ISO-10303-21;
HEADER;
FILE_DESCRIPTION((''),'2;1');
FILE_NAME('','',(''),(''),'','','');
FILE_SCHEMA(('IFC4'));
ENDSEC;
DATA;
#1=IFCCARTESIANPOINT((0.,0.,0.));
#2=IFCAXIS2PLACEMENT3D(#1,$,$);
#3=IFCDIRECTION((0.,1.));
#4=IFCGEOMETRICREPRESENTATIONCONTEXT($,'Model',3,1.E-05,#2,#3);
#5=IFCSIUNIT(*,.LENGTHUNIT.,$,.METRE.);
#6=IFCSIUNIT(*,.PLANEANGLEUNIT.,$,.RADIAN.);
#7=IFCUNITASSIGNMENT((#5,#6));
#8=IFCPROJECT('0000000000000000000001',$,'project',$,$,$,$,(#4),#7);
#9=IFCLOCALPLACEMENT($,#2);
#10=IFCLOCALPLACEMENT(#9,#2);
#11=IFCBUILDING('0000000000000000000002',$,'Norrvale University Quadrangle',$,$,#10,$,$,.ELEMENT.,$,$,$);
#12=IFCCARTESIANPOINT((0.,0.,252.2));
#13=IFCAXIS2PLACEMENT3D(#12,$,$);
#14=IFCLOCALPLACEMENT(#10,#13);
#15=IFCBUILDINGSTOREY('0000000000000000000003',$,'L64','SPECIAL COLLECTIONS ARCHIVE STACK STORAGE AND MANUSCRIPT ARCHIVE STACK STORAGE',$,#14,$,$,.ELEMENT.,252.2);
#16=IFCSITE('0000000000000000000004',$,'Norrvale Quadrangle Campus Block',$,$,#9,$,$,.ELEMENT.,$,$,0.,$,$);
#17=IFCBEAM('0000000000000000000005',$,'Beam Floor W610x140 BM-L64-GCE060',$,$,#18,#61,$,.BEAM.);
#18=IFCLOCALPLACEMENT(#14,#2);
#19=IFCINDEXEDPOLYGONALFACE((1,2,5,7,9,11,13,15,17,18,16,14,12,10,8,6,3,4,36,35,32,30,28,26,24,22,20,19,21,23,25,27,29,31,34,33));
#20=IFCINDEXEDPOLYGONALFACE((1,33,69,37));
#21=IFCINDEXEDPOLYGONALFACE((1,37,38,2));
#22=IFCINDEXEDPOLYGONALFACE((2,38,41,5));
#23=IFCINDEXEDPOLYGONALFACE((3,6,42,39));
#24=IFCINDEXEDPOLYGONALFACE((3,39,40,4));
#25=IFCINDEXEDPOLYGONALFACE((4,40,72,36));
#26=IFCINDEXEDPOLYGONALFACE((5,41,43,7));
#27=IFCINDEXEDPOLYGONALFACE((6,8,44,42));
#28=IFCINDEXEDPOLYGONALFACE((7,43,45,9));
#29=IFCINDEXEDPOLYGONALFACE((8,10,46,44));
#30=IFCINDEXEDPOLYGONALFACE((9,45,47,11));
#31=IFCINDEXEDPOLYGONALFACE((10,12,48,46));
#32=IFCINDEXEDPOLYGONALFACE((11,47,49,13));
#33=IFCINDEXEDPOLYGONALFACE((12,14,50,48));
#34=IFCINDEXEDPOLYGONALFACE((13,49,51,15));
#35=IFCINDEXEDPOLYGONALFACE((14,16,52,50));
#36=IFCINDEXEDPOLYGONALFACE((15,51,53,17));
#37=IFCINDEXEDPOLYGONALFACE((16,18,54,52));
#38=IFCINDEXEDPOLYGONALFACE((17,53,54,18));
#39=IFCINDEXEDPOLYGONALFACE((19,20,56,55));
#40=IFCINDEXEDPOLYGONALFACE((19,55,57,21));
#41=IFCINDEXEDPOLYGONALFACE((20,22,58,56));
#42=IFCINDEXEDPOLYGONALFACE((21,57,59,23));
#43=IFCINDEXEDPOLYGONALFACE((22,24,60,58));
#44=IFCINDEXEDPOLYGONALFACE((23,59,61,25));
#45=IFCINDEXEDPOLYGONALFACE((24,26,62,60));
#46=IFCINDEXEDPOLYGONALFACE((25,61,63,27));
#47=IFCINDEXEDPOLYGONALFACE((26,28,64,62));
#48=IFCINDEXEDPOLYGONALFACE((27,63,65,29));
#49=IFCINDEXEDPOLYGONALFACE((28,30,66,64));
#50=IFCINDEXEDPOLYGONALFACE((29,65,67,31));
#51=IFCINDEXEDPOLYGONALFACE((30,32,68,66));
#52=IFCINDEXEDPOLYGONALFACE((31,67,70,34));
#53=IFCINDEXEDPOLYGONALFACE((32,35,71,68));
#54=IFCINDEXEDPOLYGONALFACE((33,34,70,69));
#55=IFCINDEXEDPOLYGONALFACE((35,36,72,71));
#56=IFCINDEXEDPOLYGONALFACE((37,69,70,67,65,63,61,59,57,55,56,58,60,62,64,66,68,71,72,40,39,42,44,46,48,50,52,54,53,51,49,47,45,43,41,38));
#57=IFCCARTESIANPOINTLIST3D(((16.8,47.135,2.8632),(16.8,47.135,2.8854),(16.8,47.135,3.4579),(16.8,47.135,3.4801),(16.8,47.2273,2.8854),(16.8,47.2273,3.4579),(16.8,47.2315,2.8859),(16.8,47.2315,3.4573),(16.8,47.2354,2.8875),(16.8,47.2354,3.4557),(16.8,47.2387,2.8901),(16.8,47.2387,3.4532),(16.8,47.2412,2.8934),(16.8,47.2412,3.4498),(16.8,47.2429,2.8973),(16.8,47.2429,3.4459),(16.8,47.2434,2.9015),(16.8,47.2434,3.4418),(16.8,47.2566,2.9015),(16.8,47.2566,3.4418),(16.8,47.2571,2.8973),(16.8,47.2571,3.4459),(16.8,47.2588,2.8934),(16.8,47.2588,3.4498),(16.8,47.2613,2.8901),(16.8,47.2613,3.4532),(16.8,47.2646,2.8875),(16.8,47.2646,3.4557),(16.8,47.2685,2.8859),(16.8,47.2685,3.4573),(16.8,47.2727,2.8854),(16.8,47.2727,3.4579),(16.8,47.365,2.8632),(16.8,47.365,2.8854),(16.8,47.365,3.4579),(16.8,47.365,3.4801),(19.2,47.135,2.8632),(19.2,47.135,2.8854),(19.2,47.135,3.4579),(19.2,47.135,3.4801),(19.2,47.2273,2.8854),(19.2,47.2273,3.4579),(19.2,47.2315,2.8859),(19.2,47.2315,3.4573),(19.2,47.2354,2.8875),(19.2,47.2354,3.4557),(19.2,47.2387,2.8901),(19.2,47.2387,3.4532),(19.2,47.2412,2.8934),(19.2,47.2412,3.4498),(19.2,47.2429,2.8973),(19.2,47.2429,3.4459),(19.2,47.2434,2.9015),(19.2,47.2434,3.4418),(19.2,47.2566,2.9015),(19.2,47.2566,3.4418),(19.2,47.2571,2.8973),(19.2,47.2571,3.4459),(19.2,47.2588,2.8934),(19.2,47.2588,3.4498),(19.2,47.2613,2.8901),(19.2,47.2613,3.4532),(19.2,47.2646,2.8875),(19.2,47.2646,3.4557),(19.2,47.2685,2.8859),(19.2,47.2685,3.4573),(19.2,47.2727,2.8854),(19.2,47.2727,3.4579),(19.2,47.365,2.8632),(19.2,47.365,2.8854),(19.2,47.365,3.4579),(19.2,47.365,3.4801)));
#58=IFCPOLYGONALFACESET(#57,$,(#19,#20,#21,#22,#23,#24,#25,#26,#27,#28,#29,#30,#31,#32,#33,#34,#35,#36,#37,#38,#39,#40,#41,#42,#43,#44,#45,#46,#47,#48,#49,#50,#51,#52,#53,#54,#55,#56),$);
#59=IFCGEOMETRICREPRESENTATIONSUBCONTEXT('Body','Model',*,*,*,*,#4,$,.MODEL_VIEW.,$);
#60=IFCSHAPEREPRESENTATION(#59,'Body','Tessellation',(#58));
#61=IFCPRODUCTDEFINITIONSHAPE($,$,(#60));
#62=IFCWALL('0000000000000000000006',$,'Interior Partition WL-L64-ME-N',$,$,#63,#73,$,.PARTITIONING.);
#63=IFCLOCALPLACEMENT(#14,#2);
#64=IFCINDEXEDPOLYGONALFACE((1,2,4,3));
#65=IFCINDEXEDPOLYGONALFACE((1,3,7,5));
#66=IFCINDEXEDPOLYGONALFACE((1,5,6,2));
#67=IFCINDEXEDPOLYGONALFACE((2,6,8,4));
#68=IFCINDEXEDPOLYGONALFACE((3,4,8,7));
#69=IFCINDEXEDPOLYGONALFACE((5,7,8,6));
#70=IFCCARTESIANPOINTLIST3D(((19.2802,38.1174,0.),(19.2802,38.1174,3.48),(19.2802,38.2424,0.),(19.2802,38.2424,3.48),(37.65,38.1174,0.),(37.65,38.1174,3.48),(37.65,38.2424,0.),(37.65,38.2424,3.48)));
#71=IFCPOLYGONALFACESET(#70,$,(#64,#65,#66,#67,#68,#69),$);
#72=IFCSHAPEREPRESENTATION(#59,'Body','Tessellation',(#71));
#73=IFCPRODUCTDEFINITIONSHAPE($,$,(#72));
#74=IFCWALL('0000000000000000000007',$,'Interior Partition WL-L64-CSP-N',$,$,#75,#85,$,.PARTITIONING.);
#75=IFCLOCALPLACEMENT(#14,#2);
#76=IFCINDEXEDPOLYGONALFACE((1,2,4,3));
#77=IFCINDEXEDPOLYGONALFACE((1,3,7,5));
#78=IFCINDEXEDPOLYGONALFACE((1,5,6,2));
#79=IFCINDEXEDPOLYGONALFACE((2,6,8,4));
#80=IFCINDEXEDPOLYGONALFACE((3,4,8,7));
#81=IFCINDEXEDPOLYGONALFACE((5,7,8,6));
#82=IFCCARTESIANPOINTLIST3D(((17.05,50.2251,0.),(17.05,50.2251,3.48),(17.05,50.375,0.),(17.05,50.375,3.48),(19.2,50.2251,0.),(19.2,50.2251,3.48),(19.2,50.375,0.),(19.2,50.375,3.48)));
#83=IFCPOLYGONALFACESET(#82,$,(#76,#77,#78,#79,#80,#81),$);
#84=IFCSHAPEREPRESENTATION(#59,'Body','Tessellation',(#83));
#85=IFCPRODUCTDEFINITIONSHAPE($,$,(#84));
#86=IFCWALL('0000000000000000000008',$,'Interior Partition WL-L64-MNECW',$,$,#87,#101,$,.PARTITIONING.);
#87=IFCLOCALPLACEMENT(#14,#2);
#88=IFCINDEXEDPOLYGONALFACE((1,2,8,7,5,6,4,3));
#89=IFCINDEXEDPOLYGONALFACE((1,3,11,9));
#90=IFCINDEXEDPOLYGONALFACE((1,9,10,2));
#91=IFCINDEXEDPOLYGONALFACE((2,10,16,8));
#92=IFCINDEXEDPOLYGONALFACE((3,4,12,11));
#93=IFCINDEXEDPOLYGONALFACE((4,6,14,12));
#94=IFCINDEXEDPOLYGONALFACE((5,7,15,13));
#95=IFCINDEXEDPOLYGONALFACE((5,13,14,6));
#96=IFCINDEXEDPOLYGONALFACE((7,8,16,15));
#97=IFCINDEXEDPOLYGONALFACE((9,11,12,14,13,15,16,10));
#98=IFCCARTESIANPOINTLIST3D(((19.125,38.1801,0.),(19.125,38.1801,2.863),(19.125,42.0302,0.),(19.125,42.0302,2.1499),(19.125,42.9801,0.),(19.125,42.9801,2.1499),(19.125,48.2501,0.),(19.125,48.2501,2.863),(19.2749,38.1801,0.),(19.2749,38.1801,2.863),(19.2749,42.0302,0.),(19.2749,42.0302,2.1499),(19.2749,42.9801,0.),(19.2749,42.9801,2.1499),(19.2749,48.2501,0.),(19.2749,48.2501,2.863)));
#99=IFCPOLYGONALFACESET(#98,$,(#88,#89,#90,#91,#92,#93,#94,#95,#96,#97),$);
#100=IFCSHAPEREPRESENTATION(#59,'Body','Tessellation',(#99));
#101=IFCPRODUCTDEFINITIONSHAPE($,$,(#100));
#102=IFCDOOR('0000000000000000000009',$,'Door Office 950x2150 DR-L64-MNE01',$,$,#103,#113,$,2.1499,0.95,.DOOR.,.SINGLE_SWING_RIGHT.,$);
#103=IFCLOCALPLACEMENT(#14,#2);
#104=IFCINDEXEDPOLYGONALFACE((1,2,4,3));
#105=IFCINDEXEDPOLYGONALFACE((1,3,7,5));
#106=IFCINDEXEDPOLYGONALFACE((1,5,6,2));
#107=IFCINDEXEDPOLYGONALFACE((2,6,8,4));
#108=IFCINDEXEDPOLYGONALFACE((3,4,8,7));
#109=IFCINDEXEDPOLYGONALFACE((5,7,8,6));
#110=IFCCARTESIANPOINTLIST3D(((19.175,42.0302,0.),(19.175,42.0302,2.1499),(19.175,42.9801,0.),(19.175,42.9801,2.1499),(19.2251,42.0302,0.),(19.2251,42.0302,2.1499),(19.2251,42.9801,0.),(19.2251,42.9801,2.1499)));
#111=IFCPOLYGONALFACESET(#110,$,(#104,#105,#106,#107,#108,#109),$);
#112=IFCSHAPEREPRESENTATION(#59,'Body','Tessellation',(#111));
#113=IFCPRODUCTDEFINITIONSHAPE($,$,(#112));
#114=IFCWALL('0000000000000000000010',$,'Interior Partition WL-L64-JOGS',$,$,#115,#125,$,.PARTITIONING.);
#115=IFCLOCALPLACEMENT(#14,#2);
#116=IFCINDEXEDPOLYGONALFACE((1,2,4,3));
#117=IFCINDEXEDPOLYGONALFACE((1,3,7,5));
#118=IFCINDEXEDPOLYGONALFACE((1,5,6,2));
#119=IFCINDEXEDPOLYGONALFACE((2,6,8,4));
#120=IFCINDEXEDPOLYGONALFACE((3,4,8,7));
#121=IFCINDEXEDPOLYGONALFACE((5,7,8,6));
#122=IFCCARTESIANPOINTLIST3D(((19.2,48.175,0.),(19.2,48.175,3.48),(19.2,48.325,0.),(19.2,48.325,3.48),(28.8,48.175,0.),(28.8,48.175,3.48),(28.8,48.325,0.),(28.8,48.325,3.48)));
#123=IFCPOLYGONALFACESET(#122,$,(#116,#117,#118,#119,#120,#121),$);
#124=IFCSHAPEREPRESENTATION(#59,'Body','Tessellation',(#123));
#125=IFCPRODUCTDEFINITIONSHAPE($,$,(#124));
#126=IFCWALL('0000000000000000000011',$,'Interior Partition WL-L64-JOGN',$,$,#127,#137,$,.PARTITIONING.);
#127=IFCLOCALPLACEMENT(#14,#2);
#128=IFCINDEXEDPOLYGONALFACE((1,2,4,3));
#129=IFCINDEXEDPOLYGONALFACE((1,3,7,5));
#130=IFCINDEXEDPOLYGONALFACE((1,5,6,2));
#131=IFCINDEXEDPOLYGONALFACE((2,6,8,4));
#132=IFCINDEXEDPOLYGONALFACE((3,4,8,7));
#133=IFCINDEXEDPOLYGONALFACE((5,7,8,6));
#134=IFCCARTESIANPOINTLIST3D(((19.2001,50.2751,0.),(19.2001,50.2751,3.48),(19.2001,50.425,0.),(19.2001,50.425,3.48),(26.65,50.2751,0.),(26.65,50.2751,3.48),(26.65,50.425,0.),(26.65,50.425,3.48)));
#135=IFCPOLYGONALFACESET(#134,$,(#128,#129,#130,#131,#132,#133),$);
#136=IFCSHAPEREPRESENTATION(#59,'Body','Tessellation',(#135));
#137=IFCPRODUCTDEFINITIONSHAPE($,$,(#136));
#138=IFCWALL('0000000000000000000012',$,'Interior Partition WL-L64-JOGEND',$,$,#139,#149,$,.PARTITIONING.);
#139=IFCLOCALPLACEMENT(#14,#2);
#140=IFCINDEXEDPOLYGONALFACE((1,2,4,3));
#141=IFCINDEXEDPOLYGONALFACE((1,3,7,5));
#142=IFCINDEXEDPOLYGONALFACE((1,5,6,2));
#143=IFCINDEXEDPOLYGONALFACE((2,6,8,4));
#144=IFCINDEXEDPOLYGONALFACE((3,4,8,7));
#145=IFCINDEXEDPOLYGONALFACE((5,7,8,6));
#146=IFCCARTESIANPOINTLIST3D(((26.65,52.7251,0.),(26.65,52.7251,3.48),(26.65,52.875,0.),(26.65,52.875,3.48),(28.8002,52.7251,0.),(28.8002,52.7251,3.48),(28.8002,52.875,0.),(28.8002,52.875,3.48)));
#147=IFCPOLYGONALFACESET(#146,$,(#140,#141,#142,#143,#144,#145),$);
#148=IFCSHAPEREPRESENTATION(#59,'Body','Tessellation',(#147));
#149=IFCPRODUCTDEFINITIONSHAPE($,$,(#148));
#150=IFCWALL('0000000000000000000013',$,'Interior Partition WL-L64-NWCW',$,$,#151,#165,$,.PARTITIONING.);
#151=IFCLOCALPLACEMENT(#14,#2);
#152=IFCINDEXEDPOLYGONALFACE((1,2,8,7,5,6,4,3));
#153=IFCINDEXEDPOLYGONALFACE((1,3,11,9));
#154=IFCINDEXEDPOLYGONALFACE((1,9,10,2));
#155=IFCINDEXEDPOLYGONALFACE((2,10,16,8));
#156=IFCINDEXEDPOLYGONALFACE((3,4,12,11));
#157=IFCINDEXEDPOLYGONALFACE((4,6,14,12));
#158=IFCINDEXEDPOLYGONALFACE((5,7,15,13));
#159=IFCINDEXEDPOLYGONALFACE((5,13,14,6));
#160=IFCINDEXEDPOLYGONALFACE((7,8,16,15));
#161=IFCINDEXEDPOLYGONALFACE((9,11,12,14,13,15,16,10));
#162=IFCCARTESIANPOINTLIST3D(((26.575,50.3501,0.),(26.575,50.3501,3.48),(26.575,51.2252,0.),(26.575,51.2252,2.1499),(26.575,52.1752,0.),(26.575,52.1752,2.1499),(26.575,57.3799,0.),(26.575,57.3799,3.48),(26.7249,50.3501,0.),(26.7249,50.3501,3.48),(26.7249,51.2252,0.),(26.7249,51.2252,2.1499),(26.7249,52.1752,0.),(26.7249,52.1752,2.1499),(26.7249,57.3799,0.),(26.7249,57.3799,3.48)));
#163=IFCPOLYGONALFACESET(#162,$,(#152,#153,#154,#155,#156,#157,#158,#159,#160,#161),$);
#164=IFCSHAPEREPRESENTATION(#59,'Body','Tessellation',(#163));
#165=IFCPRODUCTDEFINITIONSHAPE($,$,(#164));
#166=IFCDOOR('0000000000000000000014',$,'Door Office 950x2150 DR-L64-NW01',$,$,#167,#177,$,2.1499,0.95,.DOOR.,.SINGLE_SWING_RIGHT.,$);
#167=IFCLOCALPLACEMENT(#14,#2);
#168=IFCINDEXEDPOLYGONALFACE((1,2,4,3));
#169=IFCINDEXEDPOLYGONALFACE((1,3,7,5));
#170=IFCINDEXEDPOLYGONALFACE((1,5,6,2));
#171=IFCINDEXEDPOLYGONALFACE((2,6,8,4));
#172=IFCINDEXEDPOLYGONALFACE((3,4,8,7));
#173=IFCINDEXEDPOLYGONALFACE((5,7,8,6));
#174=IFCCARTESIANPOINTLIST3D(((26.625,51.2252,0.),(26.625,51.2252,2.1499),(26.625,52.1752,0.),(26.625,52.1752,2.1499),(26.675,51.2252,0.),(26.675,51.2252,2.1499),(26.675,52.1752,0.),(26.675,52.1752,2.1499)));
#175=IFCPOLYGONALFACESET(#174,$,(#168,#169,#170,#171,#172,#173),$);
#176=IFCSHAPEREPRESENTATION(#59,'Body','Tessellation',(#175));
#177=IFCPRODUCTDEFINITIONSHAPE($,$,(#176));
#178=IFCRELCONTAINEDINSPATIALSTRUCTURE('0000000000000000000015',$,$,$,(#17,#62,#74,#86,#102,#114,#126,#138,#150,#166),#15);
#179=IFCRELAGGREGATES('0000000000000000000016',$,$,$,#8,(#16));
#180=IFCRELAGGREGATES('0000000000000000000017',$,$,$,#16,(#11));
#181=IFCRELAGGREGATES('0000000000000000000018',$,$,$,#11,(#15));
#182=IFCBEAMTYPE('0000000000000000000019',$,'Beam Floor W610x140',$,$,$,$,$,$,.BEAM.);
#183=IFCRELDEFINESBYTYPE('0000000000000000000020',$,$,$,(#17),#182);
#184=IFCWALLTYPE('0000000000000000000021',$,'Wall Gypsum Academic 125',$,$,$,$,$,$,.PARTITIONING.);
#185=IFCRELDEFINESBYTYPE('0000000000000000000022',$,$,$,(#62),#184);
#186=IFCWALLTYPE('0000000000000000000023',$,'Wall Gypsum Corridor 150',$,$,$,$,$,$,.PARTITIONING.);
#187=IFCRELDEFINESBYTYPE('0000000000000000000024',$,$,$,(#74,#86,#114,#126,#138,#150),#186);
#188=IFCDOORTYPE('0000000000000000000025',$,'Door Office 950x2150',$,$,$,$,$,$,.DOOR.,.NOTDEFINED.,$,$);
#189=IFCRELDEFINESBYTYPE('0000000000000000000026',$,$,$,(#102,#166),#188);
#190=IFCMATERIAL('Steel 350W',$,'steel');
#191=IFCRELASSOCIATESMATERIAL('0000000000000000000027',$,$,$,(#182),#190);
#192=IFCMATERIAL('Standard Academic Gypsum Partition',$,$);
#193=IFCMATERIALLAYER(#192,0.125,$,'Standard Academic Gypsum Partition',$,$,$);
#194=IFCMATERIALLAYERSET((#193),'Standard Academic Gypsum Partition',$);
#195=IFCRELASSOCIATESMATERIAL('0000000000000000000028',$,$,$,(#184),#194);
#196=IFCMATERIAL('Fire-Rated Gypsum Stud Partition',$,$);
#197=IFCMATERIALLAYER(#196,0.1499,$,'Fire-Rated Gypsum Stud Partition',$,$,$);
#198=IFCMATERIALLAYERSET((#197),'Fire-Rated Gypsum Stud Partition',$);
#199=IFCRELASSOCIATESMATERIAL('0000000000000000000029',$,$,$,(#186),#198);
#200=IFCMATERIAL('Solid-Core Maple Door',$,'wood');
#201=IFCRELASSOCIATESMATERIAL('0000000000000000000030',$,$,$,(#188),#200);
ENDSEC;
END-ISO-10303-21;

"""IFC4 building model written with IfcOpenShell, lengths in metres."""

from ifc_helpers import new_model, si_unit, direction, frame, frame_2d, origin, origin_2d, place, context, subcontext, project, spatial, rectangle, i_section, extrude, material, layer, layer_set, material_profile, profile_set, type_object, element, fill, save


model = new_model("IFC4")

# Units and contexts
model_context = context("Model", 3, precision=1e-05, world=origin(), true_north=direction((0.0, 1.0)))
body_context = subcontext(model_context, "Body", "Model", "MODEL_VIEW")
ifc_project = project(units=[si_unit("LENGTHUNIT", "METRE"), si_unit("PLANEANGLEUNIT", "RADIAN")], contexts=[model_context])

# Site, building, storey
site_placement = place(None, origin())
site = spatial("IfcSite", under=ifc_project, at=site_placement, Name="Norrvale Quadrangle Campus Block", CompositionType="ELEMENT", RefElevation=0.0)
building_placement = place(site_placement, origin())
building = spatial("IfcBuilding", under=site, at=building_placement, Name="Norrvale University Quadrangle", CompositionType="ELEMENT")
storey_placement = place(building_placement, frame((0.0, 0.0, 252.2)))
storey = spatial("IfcBuildingStorey", under=building, at=storey_placement, Name="L64", Description="SPECIAL COLLECTIONS ARCHIVE STACK STORAGE AND MANUSCRIPT ARCHIVE STACK STORAGE", CompositionType="ELEMENT", Elevation=252.2)

# Beam
ifc_material_1 = material(Name="Steel 350W", Category="steel")
ifc_material_profile_1 = material_profile(ifc_material_1, i_section(OverallWidth=0.23, OverallDepth=0.6169, WebThickness=0.0132, FlangeThickness=0.0222, FilletRadius=0.0161, at=origin_2d()), Name="Steel 350W")
ifc_profile_set_1 = profile_set([ifc_material_profile_1], Name="Steel 350W")
beam_type_1 = type_object("IfcBeamType", Name="Beam Floor W610x140", PredefinedType="BEAM", material=ifc_profile_set_1)
beam_1_placement = place(storey_placement, frame((16.8, 47.25, 3.1716), z_axis=(1.0, 0.0, 0.0), x_axis=(0.0, 1.0, 0.0)))
element("IfcBeam", 1, at=beam_1_placement, inside=storey, type_object=beam_type_1, Name="Beam Floor W610x140 BM-L64-GCE060", PredefinedType="BEAM", context=body_context, shape_type="SweptSolid", body=[
    extrude(i_section(OverallWidth=0.23, OverallDepth=0.6169, WebThickness=0.0132, FlangeThickness=0.0222, FilletRadius=0.0161, at=origin_2d()), origin(), (0.0, 0.0, 1.0), 2.3999),
])

# Walls
ifc_material_2 = material(Name="Standard Academic Gypsum Partition")
ifc_layer_1 = layer(ifc_material_2, 0.125, Name="Standard Academic Gypsum Partition")
ifc_layer_set_1 = layer_set([ifc_layer_1], Name="Standard Academic Gypsum Partition")
wall_type_1 = type_object("IfcWallType", Name="Wall Gypsum Academic 125", PredefinedType="PARTITIONING", material=ifc_layer_set_1)
wall_1_placement = place(storey_placement, frame((19.28, 38.1799, 0.0), z_axis=(0.0, 0.0, 1.0), x_axis=(1.0, 0.0, 0.0)))
element("IfcWall", 2, at=wall_1_placement, inside=storey, type_object=wall_type_1, Name="Interior Partition WL-L64-ME-N", PredefinedType="PARTITIONING", context=body_context, shape_type="SweptSolid", body=[
    extrude(rectangle(XDim=18.3699, YDim=0.125, at=frame_2d((9.1851, 0.0))), origin(), (0.0, 0.0, 1.0), 3.48),
])
ifc_material_3 = material(Name="Fire-Rated Gypsum Stud Partition")
ifc_layer_2 = layer(ifc_material_3, 0.1499, Name="Fire-Rated Gypsum Stud Partition")
ifc_layer_set_2 = layer_set([ifc_layer_2], Name="Fire-Rated Gypsum Stud Partition")
wall_type_2 = type_object("IfcWallType", Name="Wall Gypsum Corridor 150", PredefinedType="PARTITIONING", material=ifc_layer_set_2)
wall_2_placement = place(storey_placement, frame((17.05, 50.3, 0.0), z_axis=(0.0, 0.0, 1.0), x_axis=(1.0, 0.0, 0.0)))
element("IfcWall", 3, at=wall_2_placement, inside=storey, type_object=wall_type_2, Name="Interior Partition WL-L64-CSP-N", PredefinedType="PARTITIONING", context=body_context, shape_type="SweptSolid", body=[
    extrude(rectangle(XDim=2.1499, YDim=0.1499, at=frame_2d((1.075, 0.0))), origin(), (0.0, 0.0, 1.0), 3.48),
])

# Wall, opening, door
wall_3_placement = place(storey_placement, frame((19.2, 38.1799, 0.0), z_axis=(0.0, 0.0, 1.0), x_axis=(0.0, 1.0, 0.0)))
wall_3 = element("IfcWall", 4, at=wall_3_placement, inside=storey, type_object=wall_type_2, Name="Interior Partition WL-L64-MNECW", PredefinedType="PARTITIONING", context=body_context, shape_type="SweptSolid", body=[
    extrude(rectangle(XDim=10.0701, YDim=0.1499, at=frame_2d((5.0352, 0.0))), origin(), (0.0, 0.0, 1.0), 2.863),
])
opening_1_placement = place(wall_3_placement, frame((3.8501, 0.0, 0.0)))
opening_1 = element("IfcOpeningElement", 5, at=opening_1_placement, cuts=wall_3, PredefinedType="OPENING", context=body_context, shape_type="SweptSolid", body=[
    extrude(rectangle(XDim=0.95, YDim=2.1499, at=frame_2d((0.4751, 1.075))), frame((0.0, 0.0869, 0.0), z_axis=(0.0, -1.0, 0.0), x_axis=(1.0, 0.0, 0.0)), (0.0, 0.0, 1.0), 0.1738),
])
ifc_material_4 = material(Name="Solid-Core Maple Door", Category="wood")
door_type = type_object("IfcDoorType", Name="Door Office 950x2150", OperationType="NOTDEFINED", PredefinedType="DOOR", material=ifc_material_4)
door_1_placement = place(opening_1_placement, origin())
door_1 = element("IfcDoor", 6, at=door_1_placement, inside=storey, type_object=door_type, Name="Door Office 950x2150 DR-L64-MNE01", OperationType="SINGLE_SWING_RIGHT", OverallHeight=2.1499, OverallWidth=0.95, PredefinedType="DOOR", context=body_context, shape_type="SweptSolid", body=[
    extrude(rectangle(XDim=0.95, YDim=2.1499, at=frame_2d((0.4751, 1.075))), frame((0.0, 0.0249, 0.0), z_axis=(0.0, -1.0, 0.0), x_axis=(1.0, 0.0, 0.0)), (0.0, 0.0, 1.0), 0.05),
])
fill(opening_1, door_1)

# Walls
wall_4_placement = place(storey_placement, frame((19.2, 48.25, 0.0), z_axis=(0.0, 0.0, 1.0), x_axis=(1.0, 0.0, 0.0)))
element("IfcWall", 7, at=wall_4_placement, inside=storey, type_object=wall_type_2, Name="Interior Partition WL-L64-JOGS", PredefinedType="PARTITIONING", context=body_context, shape_type="SweptSolid", body=[
    extrude(rectangle(XDim=9.6001, YDim=0.1499, at=frame_2d((4.8, 0.0))), origin(), (0.0, 0.0, 1.0), 3.48),
])
wall_5_placement = place(storey_placement, frame((19.2, 50.3501, 0.0), z_axis=(0.0, 0.0, 1.0), x_axis=(1.0, 0.0, 0.0)))
element("IfcWall", 8, at=wall_5_placement, inside=storey, type_object=wall_type_2, Name="Interior Partition WL-L64-JOGN", PredefinedType="PARTITIONING", context=body_context, shape_type="SweptSolid", body=[
    extrude(rectangle(XDim=7.45, YDim=0.1499, at=frame_2d((3.7251, 0.0))), origin(), (0.0, 0.0, 1.0), 3.48),
])
wall_6_placement = place(storey_placement, frame((26.6499, 52.8, 0.0), z_axis=(0.0, 0.0, 1.0), x_axis=(1.0, 0.0, 0.0)))
element("IfcWall", 9, at=wall_6_placement, inside=storey, type_object=wall_type_2, Name="Interior Partition WL-L64-JOGEND", PredefinedType="PARTITIONING", context=body_context, shape_type="SweptSolid", body=[
    extrude(rectangle(XDim=2.1501, YDim=0.1499, at=frame_2d((1.0752, 0.0))), origin(), (0.0, 0.0, 1.0), 3.48),
])

# Wall, opening, door
wall_7_placement = place(storey_placement, frame((26.6499, 50.3501, 0.0), z_axis=(0.0, 0.0, 1.0), x_axis=(0.0, 1.0, 0.0)))
wall_7 = element("IfcWall", 10, at=wall_7_placement, inside=storey, type_object=wall_type_2, Name="Interior Partition WL-L64-NWCW", PredefinedType="PARTITIONING", context=body_context, shape_type="SweptSolid", body=[
    extrude(rectangle(XDim=7.0298, YDim=0.1499, at=frame_2d((3.5149, 0.0))), origin(), (0.0, 0.0, 1.0), 3.48),
])
opening_2_placement = place(wall_7_placement, frame((0.875, 0.0, 0.0)))
opening_2 = element("IfcOpeningElement", 11, at=opening_2_placement, cuts=wall_7, PredefinedType="OPENING", context=body_context, shape_type="SweptSolid", body=[
    extrude(rectangle(XDim=0.95, YDim=2.1499, at=frame_2d((0.4751, 1.075))), frame((0.0, 0.0869, 0.0), z_axis=(0.0, -1.0, 0.0), x_axis=(1.0, 0.0, 0.0)), (0.0, 0.0, 1.0), 0.1738),
])
door_2_placement = place(opening_2_placement, origin())
door_2 = element("IfcDoor", 12, at=door_2_placement, inside=storey, type_object=door_type, Name="Door Office 950x2150 DR-L64-NW01", OperationType="SINGLE_SWING_RIGHT", OverallHeight=2.1499, OverallWidth=0.95, PredefinedType="DOOR", context=body_context, shape_type="SweptSolid", body=[
    extrude(rectangle(XDim=0.95, YDim=2.1499, at=frame_2d((0.4751, 1.075))), frame((0.0, 0.0249, 0.0), z_axis=(0.0, -1.0, 0.0), x_axis=(1.0, 0.0, 0.0)), (0.0, 0.0, 1.0), 0.05),
])
fill(opening_2, door_2)

save(model, "model.ifc")
